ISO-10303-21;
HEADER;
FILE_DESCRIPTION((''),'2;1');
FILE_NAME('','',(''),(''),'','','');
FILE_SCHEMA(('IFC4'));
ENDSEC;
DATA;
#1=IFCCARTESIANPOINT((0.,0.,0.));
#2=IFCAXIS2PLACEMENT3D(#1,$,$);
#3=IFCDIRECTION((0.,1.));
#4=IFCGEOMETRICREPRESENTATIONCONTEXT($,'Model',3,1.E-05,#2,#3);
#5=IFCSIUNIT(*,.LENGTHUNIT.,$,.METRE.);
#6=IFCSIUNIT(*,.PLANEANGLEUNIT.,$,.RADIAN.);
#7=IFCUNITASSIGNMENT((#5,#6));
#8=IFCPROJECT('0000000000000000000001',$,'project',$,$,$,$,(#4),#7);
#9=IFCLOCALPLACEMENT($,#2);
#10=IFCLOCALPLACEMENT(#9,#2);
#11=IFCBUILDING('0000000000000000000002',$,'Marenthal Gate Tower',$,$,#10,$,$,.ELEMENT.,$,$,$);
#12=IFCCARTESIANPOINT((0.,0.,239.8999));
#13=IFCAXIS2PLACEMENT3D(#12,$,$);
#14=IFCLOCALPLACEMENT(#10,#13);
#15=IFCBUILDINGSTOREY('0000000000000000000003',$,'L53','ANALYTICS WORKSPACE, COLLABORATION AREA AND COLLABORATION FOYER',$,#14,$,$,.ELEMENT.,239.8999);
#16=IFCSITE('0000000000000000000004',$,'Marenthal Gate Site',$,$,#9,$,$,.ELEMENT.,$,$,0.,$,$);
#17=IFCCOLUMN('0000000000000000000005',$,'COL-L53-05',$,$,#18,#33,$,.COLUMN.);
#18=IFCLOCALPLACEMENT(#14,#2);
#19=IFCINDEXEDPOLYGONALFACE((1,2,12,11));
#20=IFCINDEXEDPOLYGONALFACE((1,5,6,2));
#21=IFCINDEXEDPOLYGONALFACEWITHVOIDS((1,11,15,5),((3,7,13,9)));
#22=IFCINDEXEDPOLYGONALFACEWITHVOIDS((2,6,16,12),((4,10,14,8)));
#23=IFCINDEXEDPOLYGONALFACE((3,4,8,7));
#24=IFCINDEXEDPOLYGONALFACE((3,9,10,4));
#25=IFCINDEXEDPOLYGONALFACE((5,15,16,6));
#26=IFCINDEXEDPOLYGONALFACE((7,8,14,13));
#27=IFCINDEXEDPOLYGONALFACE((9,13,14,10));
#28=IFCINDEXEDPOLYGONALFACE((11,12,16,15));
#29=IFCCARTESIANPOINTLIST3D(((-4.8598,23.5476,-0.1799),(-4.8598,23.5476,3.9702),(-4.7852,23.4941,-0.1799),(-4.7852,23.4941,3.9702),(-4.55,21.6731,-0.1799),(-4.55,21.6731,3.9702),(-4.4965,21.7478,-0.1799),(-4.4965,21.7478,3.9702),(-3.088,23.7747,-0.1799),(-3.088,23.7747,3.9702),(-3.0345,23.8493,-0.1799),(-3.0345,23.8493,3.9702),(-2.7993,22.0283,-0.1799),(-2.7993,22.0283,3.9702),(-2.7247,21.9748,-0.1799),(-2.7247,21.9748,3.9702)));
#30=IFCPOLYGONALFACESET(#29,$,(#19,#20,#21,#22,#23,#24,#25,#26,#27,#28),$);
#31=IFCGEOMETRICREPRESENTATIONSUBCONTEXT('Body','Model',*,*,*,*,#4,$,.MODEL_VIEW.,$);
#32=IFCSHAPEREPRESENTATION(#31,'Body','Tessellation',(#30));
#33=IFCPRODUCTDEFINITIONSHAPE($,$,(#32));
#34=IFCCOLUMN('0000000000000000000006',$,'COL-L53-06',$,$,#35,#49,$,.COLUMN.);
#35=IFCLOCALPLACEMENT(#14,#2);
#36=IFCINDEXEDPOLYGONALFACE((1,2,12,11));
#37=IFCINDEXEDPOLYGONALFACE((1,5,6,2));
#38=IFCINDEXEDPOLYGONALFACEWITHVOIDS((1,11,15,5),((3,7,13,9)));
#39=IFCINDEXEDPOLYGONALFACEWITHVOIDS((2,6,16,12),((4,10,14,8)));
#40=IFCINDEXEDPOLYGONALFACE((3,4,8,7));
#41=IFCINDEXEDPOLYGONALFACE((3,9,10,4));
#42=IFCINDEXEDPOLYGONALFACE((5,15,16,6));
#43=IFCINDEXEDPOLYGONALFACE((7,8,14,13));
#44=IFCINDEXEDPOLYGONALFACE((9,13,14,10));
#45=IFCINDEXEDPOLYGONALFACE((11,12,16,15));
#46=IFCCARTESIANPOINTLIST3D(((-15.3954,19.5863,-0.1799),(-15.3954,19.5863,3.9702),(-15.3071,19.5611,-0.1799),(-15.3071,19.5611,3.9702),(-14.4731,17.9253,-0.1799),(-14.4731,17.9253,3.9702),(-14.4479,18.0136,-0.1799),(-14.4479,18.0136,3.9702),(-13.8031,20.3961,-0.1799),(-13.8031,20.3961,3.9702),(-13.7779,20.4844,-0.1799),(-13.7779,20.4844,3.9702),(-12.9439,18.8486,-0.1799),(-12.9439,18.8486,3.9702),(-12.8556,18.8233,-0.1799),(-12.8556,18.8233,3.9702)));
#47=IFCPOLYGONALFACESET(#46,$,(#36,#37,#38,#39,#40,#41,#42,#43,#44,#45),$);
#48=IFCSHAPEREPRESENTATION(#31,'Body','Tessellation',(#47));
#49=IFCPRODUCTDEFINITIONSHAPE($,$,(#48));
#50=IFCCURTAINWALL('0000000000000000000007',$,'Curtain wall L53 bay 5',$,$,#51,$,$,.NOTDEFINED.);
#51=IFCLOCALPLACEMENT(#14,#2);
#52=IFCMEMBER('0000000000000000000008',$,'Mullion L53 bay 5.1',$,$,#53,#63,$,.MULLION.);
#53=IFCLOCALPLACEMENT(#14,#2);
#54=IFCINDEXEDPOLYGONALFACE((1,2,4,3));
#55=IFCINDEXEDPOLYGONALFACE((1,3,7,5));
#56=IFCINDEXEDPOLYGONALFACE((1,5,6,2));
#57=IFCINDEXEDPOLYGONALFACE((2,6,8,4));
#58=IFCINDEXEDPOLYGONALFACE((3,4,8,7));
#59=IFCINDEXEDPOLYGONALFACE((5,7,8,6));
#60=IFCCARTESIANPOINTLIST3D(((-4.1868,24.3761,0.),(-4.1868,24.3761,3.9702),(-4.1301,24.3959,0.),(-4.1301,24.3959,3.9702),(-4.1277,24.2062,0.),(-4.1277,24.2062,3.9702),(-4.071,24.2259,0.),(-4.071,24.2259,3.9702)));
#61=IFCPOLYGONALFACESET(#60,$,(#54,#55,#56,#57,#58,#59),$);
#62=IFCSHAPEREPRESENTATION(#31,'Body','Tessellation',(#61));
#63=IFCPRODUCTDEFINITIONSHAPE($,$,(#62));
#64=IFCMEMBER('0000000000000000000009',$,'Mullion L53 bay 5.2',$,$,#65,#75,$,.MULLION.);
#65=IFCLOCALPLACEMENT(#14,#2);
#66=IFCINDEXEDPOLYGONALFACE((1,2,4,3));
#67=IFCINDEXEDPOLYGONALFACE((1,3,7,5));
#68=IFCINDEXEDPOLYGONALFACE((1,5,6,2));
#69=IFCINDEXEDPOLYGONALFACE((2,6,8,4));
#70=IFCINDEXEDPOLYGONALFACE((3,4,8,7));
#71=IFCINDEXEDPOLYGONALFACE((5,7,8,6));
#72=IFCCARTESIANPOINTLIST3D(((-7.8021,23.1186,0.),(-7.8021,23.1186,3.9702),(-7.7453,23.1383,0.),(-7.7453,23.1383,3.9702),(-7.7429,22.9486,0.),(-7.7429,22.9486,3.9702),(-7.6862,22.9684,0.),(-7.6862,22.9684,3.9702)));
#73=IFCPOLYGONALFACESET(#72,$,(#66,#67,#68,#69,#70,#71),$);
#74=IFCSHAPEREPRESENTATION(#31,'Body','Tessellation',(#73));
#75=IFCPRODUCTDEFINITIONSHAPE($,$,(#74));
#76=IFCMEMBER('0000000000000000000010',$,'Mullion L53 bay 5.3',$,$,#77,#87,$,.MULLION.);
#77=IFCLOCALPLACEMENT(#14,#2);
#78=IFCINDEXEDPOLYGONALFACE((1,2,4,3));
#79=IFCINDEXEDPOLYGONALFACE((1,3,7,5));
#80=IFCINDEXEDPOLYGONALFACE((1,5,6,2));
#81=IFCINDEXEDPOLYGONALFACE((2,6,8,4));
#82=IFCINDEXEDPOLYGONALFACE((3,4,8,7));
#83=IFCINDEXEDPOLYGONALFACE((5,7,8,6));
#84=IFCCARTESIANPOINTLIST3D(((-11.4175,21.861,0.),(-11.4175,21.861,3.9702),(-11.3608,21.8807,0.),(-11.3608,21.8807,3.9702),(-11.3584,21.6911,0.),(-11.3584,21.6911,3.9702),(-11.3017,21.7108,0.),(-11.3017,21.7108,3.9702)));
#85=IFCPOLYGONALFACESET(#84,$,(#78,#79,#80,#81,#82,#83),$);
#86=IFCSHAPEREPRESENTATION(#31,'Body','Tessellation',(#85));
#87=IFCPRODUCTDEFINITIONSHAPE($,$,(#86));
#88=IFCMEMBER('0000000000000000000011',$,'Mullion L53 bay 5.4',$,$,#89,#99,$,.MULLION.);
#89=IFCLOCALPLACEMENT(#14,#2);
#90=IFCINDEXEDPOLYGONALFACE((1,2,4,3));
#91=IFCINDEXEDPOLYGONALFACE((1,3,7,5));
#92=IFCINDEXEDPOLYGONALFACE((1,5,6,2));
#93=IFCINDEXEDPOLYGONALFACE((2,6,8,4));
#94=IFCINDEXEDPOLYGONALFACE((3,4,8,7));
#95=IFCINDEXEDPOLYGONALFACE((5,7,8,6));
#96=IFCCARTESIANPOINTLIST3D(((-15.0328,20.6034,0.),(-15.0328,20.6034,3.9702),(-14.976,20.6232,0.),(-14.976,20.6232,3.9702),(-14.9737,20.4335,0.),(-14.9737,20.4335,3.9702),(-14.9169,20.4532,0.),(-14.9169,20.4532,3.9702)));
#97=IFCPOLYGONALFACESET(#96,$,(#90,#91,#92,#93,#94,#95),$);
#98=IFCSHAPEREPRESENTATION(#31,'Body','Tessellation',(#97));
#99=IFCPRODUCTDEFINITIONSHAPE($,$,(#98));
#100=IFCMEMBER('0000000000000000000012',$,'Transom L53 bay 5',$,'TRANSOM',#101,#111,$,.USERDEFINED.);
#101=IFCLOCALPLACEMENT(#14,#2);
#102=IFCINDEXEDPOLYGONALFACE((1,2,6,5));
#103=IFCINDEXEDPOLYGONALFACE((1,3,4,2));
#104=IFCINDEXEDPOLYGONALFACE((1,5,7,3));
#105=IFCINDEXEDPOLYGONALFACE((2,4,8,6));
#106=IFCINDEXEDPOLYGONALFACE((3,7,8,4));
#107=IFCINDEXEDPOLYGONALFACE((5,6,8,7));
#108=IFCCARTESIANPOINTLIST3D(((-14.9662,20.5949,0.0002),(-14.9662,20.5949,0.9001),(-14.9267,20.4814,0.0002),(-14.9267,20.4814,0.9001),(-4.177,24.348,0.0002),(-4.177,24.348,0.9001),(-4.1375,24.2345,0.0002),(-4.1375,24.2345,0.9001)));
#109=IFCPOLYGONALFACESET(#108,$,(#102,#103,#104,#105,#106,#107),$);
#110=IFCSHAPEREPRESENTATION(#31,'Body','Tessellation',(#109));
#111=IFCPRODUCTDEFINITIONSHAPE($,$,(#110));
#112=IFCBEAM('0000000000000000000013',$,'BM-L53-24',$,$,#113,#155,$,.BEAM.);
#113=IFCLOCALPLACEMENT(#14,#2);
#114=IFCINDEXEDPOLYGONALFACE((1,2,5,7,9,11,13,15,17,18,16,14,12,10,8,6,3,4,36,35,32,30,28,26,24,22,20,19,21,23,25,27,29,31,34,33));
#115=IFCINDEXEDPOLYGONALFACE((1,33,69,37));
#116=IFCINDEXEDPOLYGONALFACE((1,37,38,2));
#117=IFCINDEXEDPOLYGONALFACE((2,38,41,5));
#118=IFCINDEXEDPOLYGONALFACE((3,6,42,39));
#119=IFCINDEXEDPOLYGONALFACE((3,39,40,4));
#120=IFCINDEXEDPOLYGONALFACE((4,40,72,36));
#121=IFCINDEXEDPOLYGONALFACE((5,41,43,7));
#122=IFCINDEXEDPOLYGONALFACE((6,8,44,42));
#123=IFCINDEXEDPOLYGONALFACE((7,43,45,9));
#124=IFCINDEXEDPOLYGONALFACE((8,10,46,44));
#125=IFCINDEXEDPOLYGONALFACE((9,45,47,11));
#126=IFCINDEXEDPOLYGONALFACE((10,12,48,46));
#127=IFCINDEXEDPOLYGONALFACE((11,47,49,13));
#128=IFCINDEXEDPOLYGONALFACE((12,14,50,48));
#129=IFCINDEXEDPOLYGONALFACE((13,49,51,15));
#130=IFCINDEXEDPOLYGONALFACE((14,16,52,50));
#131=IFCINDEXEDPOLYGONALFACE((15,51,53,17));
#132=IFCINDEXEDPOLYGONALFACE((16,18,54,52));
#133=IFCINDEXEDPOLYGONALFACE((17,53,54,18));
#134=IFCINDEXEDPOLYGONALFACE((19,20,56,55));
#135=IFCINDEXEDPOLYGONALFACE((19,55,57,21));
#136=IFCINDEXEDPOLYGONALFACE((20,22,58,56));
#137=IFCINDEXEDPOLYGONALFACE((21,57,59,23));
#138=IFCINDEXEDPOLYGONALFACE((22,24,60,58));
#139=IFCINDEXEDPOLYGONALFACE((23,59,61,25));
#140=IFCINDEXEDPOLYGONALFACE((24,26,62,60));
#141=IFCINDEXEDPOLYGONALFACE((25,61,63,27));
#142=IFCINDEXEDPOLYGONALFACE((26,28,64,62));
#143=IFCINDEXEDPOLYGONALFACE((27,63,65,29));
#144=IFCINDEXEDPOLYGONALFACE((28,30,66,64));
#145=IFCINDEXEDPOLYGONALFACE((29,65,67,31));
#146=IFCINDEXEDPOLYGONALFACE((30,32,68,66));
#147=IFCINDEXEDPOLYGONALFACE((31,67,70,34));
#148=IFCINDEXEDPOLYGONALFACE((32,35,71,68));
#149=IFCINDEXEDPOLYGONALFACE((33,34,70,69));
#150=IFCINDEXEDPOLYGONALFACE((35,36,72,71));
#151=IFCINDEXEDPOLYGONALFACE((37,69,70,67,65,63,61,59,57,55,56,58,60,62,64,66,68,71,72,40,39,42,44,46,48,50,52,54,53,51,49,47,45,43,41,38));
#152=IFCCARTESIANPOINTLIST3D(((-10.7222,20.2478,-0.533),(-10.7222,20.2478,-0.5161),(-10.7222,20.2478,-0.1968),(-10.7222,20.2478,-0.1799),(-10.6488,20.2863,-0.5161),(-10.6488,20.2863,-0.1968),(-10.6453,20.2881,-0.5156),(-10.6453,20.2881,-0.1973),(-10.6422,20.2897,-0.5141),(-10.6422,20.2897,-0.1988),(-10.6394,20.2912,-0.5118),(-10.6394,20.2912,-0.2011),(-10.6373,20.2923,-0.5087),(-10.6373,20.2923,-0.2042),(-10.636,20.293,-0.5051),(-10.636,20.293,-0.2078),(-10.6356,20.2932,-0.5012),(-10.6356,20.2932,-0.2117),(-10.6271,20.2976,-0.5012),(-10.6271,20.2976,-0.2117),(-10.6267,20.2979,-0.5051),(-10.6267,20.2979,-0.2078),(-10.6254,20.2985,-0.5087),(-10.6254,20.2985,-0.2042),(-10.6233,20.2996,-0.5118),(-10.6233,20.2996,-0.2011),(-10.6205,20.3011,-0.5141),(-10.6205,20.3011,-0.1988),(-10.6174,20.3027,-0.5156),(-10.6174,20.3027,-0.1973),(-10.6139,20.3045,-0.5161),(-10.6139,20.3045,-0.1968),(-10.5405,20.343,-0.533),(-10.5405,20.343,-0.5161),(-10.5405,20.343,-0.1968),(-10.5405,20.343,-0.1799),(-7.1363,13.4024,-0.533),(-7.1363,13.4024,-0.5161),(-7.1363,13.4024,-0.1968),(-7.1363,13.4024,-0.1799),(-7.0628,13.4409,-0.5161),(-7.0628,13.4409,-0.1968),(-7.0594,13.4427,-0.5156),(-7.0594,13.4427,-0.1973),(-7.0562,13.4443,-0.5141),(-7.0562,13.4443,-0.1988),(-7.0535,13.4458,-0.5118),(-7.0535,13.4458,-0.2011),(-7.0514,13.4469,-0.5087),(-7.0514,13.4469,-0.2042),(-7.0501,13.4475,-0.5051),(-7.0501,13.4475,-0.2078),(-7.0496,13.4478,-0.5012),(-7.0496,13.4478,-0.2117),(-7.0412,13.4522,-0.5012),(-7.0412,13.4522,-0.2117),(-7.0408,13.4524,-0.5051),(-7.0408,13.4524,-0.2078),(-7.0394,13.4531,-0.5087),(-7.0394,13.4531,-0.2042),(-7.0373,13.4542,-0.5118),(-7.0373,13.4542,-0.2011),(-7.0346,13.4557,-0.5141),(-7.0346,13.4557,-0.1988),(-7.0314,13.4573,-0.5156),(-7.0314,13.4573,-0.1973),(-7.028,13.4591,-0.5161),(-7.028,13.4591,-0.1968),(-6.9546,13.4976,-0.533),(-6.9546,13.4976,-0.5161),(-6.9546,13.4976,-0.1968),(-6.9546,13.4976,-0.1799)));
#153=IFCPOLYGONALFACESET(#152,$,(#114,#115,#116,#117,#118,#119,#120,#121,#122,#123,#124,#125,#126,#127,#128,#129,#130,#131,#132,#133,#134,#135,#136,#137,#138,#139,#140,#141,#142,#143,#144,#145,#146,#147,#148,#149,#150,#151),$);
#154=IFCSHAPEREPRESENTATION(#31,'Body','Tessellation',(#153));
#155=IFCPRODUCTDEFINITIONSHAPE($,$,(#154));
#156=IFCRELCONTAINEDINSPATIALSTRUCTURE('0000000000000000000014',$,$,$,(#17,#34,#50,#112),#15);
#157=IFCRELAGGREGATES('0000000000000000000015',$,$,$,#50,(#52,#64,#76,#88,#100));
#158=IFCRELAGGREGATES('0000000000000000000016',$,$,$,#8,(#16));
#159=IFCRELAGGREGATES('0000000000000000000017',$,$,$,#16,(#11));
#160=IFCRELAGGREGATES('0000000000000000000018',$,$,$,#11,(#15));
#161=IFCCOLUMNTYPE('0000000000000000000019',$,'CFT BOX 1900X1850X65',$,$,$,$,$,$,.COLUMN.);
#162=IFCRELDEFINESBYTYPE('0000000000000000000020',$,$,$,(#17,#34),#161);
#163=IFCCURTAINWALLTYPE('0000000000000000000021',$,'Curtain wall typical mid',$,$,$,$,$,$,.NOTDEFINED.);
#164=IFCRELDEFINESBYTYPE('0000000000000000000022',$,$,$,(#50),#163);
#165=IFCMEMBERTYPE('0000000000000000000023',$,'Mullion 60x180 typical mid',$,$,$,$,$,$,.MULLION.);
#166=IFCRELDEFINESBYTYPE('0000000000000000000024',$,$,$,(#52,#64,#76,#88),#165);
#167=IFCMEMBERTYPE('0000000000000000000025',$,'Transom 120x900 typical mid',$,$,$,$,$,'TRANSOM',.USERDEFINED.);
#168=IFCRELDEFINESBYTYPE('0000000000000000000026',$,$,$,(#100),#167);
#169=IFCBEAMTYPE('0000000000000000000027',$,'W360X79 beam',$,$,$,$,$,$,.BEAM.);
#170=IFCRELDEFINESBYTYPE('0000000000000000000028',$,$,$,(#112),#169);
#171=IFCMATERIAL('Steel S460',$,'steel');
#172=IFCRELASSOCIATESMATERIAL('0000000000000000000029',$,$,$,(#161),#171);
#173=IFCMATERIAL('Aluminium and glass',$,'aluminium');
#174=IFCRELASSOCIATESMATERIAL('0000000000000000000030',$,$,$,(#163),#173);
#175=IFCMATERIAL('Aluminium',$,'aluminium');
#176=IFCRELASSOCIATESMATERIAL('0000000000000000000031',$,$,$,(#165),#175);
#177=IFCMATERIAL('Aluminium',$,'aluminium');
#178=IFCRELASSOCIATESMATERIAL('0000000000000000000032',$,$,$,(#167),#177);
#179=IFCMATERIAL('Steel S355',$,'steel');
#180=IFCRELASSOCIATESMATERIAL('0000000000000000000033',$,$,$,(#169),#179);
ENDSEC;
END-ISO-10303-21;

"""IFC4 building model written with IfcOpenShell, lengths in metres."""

from ifc_helpers import new_model, si_unit, direction, frame, origin, origin_2d, place, context, subcontext, project, spatial, rectangle, hollow_rectangle, i_section, extrude, material, material_profile, profile_set, type_object, element, aggregate, save


model = new_model("IFC4")

# Units and contexts
model_context = context("Model", 3, precision=1e-05, world=origin(), true_north=direction((0.0, 1.0)))
body_context = subcontext(model_context, "Body", "Model", "MODEL_VIEW")
ifc_project = project(units=[si_unit("LENGTHUNIT", "METRE"), si_unit("PLANEANGLEUNIT", "RADIAN")], contexts=[model_context])

# Site, building, storey
site_placement = place(None, origin())
site = spatial("IfcSite", under=ifc_project, at=site_placement, Name="Marenthal Gate Site", CompositionType="ELEMENT", RefElevation=0.0)
building_placement = place(site_placement, origin())
building = spatial("IfcBuilding", under=site, at=building_placement, Name="Marenthal Gate Tower", CompositionType="ELEMENT")
storey_placement = place(building_placement, frame((0.0, 0.0, 239.8999)))
storey = spatial("IfcBuildingStorey", under=building, at=storey_placement, Name="L53", Description="ANALYTICS WORKSPACE, COLLABORATION AREA AND COLLABORATION FOYER", CompositionType="ELEMENT", Elevation=239.8999)

# Columns
ifc_material_1 = material(Name="Steel S460", Category="steel")
ifc_material_profile_1 = material_profile(ifc_material_1, hollow_rectangle(XDim=1.8501, YDim=1.8999, WallThickness=0.0649, at=origin_2d()), Name="CFT BOX 1900X1850X65")
ifc_material_2 = material(Name="Concrete 70 MPa", Category="concrete")
ifc_material_profile_2 = material_profile(ifc_material_2, rectangle(XDim=1.72, YDim=1.77, at=origin_2d()), Name="CFT BOX 1900X1850X65 INFILL")
ifc_profile_set_1 = profile_set([ifc_material_profile_1, ifc_material_profile_2], Name="Steel S460 shell, Concrete 70 MPa infill")
column_type = type_object("IfcColumnType", Name="CFT BOX 1900X1850X65", PredefinedType="COLUMN", material=ifc_profile_set_1)
for number, where, z_axis, x_axis, name in (
    (1, (-3.7922, 22.7612, -0.1799), (0.0, 0.0, 1.0), (0.986614, 0.163073, 0.0), "COL-L53-05"),
    (2, (-14.1255, 19.2048, -0.1799), (0.0, 0.0, 1.0), (0.874282, 0.485419, 0.0), "COL-L53-06"),
):
    element("IfcColumn", number, at=place(storey_placement, frame(where, z_axis=z_axis, x_axis=x_axis)), inside=storey, type_object=column_type, Name=name, PredefinedType="COLUMN", context=body_context, shape_type="SweptSolid", body=[
        extrude(hollow_rectangle(XDim=1.8501, YDim=1.8999, WallThickness=0.0649, at=origin_2d()), origin(), (0.0, 0.0, 1.0), 4.1501),
    ])

# Curtain wall, members
ifc_material_3 = material(Name="Aluminium and glass", Category="aluminium")
curtain_wall_type = type_object("IfcCurtainWallType", Name="Curtain wall typical mid", PredefinedType="NOTDEFINED", material=ifc_material_3)
curtain_wall_placement = place(storey_placement, origin())
curtain_wall = element("IfcCurtainWall", 3, at=curtain_wall_placement, inside=storey, type_object=curtain_wall_type, Name="Curtain wall L53 bay 5", PredefinedType="NOTDEFINED")
ifc_material_4 = material(Name="Aluminium", Category="aluminium")
ifc_material_profile_3 = material_profile(ifc_material_4, rectangle(XDim=0.1799, YDim=0.0601, at=origin_2d()), Name="60x180 aluminium mullion")
ifc_profile_set_2 = profile_set([ifc_material_profile_3], Name="Aluminium")
member_type_1 = type_object("IfcMemberType", Name="Mullion 60x180 typical mid", PredefinedType="MULLION", material=ifc_profile_set_2)
member_1_placement = place(storey_placement, frame((-4.1289, 24.301, 0.0), z_axis=(0.0, 0.0, 1.0), x_axis=(0.32854, -0.94449, 0.0)))
member_1 = element("IfcMember", 4, at=member_1_placement, type_object=member_type_1, Name="Mullion L53 bay 5.1", PredefinedType="MULLION", context=body_context, shape_type="SweptSolid", body=[
    extrude(rectangle(XDim=0.1799, YDim=0.0601, at=origin_2d()), origin(), (0.0, 0.0, 1.0), 3.9702),
])
member_2_placement = place(storey_placement, frame((-7.7441, 23.0435, 0.0), z_axis=(0.0, 0.0, 1.0), x_axis=(0.32854, -0.94449, 0.0)))
member_2 = element("IfcMember", 5, at=member_2_placement, type_object=member_type_1, Name="Mullion L53 bay 5.2", PredefinedType="MULLION", context=body_context, shape_type="SweptSolid", body=[
    extrude(rectangle(XDim=0.1799, YDim=0.0601, at=origin_2d()), origin(), (0.0, 0.0, 1.0), 3.9702),
])
member_3_placement = place(storey_placement, frame((-11.3596, 21.7859, 0.0), z_axis=(0.0, 0.0, 1.0), x_axis=(0.32854, -0.94449, 0.0)))
member_3 = element("IfcMember", 6, at=member_3_placement, type_object=member_type_1, Name="Mullion L53 bay 5.3", PredefinedType="MULLION", context=body_context, shape_type="SweptSolid", body=[
    extrude(rectangle(XDim=0.1799, YDim=0.0601, at=origin_2d()), origin(), (0.0, 0.0, 1.0), 3.9702),
])
member_4_placement = place(storey_placement, frame((-14.9749, 20.5283, 0.0), z_axis=(0.0, 0.0, 1.0), x_axis=(0.32854, -0.94449, 0.0)))
member_4 = element("IfcMember", 7, at=member_4_placement, type_object=member_type_1, Name="Mullion L53 bay 5.4", PredefinedType="MULLION", context=body_context, shape_type="SweptSolid", body=[
    extrude(rectangle(XDim=0.1799, YDim=0.0601, at=origin_2d()), origin(), (0.0, 0.0, 1.0), 3.9702),
])
ifc_material_5 = material(Name="Aluminium", Category="aluminium")
ifc_material_profile_4 = material_profile(ifc_material_5, rectangle(XDim=0.1201, YDim=0.8999, at=origin_2d()), Name="120x900 aluminium transom")
ifc_profile_set_3 = profile_set([ifc_material_profile_4], Name="Aluminium")
member_type_2 = type_object("IfcMemberType", Name="Transom 120x900 typical mid", ElementType="TRANSOM", PredefinedType="USERDEFINED", material=ifc_profile_set_3)
member_5_placement = place(storey_placement, frame((-4.1572, 24.2913, 0.4502), z_axis=(-0.944487, -0.32855, 0.0), x_axis=(0.32855, -0.944487, 0.0)))
member_5 = element("IfcMember", 8, at=member_5_placement, type_object=member_type_2, Name="Transom L53 bay 5", ObjectType="TRANSOM", PredefinedType="USERDEFINED", context=body_context, shape_type="SweptSolid", body=[
    extrude(rectangle(XDim=0.1201, YDim=0.8999, at=origin_2d()), origin(), (0.0, 0.0, 1.0), 11.4233),
])

# Beam
ifc_material_6 = material(Name="Steel S355", Category="steel")
ifc_material_profile_5 = material_profile(ifc_material_6, i_section(OverallWidth=0.2051, OverallDepth=0.353, WebThickness=0.0095, FlangeThickness=0.0168, FilletRadius=0.0149, at=origin_2d()), Name="W360X79")
ifc_profile_set_4 = profile_set([ifc_material_profile_5], Name="Steel S355")
beam_type_1 = type_object("IfcBeamType", Name="W360X79 beam", PredefinedType="BEAM", material=ifc_profile_set_4)
beam_1_placement = place(storey_placement, frame((-10.6313, 20.2954, -0.3564), z_axis=(0.464029, -0.88582, 0.0), x_axis=(0.88582, 0.464029, 0.0)))
element("IfcBeam", 9, at=beam_1_placement, inside=storey, type_object=beam_type_1, Name="BM-L53-24", PredefinedType="BEAM", context=body_context, shape_type="SweptSolid", body=[
    extrude(i_section(OverallWidth=0.2051, OverallDepth=0.353, WebThickness=0.0095, FlangeThickness=0.0168, FilletRadius=0.0149, at=origin_2d()), origin(), (0.0, 0.0, 1.0), 7.7278),
])

aggregate(curtain_wall, [member_1, member_2, member_3, member_4, member_5])

save(model, "model.ifc")
